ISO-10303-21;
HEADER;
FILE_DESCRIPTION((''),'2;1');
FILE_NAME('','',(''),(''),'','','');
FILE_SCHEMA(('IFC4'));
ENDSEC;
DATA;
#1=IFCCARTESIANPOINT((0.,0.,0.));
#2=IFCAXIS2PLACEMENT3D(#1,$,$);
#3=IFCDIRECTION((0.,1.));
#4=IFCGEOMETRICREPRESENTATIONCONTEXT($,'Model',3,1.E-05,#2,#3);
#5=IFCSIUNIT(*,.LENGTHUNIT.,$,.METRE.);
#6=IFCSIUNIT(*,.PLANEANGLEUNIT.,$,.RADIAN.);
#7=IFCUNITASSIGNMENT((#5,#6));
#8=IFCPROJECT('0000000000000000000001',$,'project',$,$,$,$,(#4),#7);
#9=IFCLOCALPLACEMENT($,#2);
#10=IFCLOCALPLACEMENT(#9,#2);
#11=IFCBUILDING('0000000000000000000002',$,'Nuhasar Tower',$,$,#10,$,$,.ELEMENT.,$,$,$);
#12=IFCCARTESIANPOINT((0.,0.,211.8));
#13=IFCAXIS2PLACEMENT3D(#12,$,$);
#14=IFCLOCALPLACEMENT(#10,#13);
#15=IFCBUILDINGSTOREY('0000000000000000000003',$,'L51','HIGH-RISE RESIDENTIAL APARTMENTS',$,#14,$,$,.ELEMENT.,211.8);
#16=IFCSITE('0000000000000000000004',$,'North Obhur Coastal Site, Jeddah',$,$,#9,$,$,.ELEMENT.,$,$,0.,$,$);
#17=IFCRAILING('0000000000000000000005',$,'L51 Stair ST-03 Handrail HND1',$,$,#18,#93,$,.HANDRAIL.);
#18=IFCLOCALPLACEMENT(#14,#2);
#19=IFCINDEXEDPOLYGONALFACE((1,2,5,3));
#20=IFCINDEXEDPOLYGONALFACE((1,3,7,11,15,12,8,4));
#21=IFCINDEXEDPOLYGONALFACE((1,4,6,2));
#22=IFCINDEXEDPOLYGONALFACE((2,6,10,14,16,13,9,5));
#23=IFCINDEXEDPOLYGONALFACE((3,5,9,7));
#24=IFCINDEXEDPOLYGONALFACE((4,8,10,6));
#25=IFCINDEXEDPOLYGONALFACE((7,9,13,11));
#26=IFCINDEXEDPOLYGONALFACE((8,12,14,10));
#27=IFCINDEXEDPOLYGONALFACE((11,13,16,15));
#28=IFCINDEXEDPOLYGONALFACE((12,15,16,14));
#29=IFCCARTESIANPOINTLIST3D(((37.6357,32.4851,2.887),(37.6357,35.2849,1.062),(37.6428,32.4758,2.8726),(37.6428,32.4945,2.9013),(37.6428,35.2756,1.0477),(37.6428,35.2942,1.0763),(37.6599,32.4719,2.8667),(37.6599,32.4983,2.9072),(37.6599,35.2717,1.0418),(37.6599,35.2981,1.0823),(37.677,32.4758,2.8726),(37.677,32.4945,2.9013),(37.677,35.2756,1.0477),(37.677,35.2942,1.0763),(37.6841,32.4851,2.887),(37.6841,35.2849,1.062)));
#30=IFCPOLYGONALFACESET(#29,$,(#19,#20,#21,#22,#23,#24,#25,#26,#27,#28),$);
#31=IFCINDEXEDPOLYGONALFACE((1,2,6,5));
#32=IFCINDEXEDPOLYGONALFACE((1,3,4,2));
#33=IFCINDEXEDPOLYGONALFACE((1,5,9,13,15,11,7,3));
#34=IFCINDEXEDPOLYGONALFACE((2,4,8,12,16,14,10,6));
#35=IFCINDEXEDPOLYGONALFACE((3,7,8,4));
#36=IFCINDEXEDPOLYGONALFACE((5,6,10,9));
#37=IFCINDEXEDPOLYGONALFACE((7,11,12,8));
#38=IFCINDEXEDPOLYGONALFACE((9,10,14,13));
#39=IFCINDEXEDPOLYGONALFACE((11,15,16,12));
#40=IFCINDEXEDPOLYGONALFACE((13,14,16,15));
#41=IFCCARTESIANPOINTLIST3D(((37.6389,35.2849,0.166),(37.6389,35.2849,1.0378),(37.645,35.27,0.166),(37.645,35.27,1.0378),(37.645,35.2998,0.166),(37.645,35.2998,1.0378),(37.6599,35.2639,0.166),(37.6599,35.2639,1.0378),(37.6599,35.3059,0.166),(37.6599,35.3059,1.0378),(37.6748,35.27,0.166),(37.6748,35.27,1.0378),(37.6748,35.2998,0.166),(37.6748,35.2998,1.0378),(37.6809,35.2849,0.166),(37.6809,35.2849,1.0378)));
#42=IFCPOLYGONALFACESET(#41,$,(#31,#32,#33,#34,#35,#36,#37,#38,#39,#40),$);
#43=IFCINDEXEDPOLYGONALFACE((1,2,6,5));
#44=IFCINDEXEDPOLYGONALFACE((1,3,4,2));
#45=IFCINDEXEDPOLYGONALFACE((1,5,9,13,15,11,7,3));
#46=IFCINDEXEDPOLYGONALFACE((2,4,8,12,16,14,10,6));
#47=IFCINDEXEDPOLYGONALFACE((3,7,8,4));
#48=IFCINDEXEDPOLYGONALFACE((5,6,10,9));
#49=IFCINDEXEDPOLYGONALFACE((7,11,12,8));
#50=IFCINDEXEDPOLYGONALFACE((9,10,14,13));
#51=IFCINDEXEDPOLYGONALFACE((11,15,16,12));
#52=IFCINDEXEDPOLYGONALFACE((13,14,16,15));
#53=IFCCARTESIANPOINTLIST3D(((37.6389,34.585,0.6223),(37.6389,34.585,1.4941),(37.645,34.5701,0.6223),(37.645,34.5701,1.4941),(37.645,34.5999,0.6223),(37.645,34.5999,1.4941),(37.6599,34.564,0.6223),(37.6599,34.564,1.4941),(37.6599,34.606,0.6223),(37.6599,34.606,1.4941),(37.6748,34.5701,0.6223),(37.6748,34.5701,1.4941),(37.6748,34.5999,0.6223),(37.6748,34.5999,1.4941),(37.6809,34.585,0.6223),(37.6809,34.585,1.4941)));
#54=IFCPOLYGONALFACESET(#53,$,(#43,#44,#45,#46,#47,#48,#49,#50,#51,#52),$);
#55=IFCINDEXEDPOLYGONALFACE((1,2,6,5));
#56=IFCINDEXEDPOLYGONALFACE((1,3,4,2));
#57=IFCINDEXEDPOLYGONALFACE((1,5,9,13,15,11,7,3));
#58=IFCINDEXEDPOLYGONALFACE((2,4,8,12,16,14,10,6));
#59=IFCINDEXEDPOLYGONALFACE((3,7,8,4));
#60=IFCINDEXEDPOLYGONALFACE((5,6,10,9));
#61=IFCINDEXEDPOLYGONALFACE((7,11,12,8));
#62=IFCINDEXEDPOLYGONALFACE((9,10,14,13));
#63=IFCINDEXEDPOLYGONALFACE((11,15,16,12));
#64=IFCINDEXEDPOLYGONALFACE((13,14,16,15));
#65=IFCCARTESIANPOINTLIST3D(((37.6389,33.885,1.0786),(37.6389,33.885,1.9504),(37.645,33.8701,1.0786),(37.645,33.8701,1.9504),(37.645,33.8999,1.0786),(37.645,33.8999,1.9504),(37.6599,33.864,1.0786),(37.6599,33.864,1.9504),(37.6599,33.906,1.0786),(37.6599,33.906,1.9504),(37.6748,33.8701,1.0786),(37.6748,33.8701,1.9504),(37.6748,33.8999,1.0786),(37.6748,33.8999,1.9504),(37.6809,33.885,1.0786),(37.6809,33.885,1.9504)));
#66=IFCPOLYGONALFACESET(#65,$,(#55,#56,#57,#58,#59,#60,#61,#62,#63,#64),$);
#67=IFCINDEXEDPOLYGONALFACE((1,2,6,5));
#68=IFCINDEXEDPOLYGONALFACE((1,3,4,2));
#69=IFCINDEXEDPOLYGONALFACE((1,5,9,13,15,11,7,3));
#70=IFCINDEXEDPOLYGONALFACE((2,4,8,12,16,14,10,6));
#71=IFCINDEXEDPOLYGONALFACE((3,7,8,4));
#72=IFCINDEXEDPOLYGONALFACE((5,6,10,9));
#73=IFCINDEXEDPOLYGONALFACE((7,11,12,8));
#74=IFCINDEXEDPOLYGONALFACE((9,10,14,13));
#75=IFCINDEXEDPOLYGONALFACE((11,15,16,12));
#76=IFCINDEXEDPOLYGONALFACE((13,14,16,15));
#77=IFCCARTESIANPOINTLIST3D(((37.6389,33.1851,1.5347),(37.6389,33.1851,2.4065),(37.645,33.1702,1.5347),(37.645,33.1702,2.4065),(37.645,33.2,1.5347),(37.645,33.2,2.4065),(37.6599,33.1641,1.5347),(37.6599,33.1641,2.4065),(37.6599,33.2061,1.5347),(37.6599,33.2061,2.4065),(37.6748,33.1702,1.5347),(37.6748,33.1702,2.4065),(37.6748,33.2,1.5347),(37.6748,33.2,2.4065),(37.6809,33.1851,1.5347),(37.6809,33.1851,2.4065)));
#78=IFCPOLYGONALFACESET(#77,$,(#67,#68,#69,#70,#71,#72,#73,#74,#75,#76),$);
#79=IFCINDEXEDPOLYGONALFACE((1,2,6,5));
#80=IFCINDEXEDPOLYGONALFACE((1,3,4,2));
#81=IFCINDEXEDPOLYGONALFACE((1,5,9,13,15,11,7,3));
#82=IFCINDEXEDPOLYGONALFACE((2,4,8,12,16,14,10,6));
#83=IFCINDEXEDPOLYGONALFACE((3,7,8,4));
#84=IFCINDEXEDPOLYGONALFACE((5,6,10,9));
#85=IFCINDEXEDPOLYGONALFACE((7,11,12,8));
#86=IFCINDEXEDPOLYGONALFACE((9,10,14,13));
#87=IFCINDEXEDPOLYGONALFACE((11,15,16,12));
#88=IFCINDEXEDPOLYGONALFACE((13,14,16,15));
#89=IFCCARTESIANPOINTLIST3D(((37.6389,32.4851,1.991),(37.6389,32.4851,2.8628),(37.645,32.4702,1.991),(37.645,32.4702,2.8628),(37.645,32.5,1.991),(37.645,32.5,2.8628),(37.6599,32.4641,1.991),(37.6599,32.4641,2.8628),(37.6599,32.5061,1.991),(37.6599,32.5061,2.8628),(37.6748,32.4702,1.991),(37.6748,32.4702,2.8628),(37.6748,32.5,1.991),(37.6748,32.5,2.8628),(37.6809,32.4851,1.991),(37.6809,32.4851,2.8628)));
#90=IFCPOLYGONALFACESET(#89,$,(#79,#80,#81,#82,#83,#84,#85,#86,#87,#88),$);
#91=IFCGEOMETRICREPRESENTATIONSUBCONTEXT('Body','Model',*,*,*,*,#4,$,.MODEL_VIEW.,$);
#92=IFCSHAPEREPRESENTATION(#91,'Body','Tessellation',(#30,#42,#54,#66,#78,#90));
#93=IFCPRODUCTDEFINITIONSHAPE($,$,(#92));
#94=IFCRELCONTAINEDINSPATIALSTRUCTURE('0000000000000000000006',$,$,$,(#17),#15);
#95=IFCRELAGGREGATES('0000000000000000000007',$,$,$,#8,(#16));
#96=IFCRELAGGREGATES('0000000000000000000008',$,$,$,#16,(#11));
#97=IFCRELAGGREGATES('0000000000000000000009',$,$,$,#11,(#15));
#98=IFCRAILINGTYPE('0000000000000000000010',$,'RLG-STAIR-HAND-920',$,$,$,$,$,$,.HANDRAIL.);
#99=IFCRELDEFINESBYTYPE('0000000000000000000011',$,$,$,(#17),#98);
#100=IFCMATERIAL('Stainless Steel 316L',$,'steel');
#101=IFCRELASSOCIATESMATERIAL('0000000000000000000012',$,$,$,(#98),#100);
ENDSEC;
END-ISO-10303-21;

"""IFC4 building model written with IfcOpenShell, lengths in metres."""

from ifc_helpers import new_model, si_unit, direction, frame, origin, place, context, subcontext, project, spatial, polyline, outline, extrude, material, type_object, element, save


model = new_model("IFC4")

# Units and contexts
model_context = context("Model", 3, precision=1e-05, world=origin(), true_north=direction((0.0, 1.0)))
body_context = subcontext(model_context, "Body", "Model", "MODEL_VIEW")
ifc_project = project(units=[si_unit("LENGTHUNIT", "METRE"), si_unit("PLANEANGLEUNIT", "RADIAN")], contexts=[model_context])

# Site, building, storey
site_placement = place(None, origin())
site = spatial("IfcSite", under=ifc_project, at=site_placement, Name="North Obhur Coastal Site, Jeddah", CompositionType="ELEMENT", RefElevation=0.0)
building_placement = place(site_placement, origin())
building = spatial("IfcBuilding", under=site, at=building_placement, Name="Nuhasar Tower", CompositionType="ELEMENT")
storey_placement = place(building_placement, frame((0.0, 0.0, 211.8)))
storey = spatial("IfcBuildingStorey", under=building, at=storey_placement, Name="L51", Description="HIGH-RISE RESIDENTIAL APARTMENTS", CompositionType="ELEMENT", Elevation=211.8)

# Railing
ifc_material_1 = material(Name="Stainless Steel 316L", Category="steel")
railing_type_1 = type_object("IfcRailingType", Name="RLG-STAIR-HAND-920", PredefinedType="HANDRAIL", material=ifc_material_1)
railing_1_placement = place(storey_placement, frame((37.6599, 35.2849, 0.166)))
element("IfcRailing", 1, at=railing_1_placement, inside=storey, type_object=railing_type_1, Name="L51 Stair ST-03 Handrail HND1", PredefinedType="HANDRAIL", context=body_context, shape_type="SweptSolid", body=[
    extrude(outline(polyline([(0.0242, 0.0), (0.0171, 0.0171), (0.0, 0.0242), (-0.0171, 0.0171), (-0.0242, 0.0), (-0.0171, -0.0171), (0.0, -0.0242), (0.0171, -0.0171), (0.0242, 0.0)])), frame((0.0, 0.0, 0.896), z_axis=(0.0, -0.837749, 0.546056), x_axis=(1.0, 0.0, 0.0)), (0.0, 0.0, 1.0), 3.342),
    extrude(outline(polyline([(0.021, 0.0), (0.0149, 0.0149), (0.0, 0.021), (-0.0149, 0.0149), (-0.021, 0.0), (-0.0149, -0.0149), (0.0, -0.021), (0.0149, -0.0149), (0.021, 0.0)])), origin(), (0.0, 0.0, 1.0), 0.8718),
    extrude(outline(polyline([(0.021, 0.0), (0.0149, 0.0149), (0.0, 0.021), (-0.0149, 0.0149), (-0.021, 0.0), (-0.0149, -0.0149), (0.0, -0.021), (0.0149, -0.0149), (0.021, 0.0)])), frame((0.0, -0.7, 0.4563)), (0.0, 0.0, 1.0), 0.8718),
    extrude(outline(polyline([(0.021, 0.0), (0.0149, 0.0149), (0.0, 0.021), (-0.0149, 0.0149), (-0.021, 0.0), (-0.0149, -0.0149), (0.0, -0.021), (0.0149, -0.0149), (0.021, 0.0)])), frame((0.0, -1.3999, 0.9126)), (0.0, 0.0, 1.0), 0.8718),
    extrude(outline(polyline([(0.021, 0.0), (0.0149, 0.0149), (0.0, 0.021), (-0.0149, 0.0149), (-0.021, 0.0), (-0.0149, -0.0149), (0.0, -0.021), (0.0149, -0.0149), (0.021, 0.0)])), frame((0.0, -2.0999, 1.3687)), (0.0, 0.0, 1.0), 0.8718),
    extrude(outline(polyline([(0.021, 0.0), (0.0149, 0.0149), (0.0, 0.021), (-0.0149, 0.0149), (-0.021, 0.0), (-0.0149, -0.0149), (0.0, -0.021), (0.0149, -0.0149), (0.021, 0.0)])), frame((0.0, -2.7998, 1.825)), (0.0, 0.0, 1.0), 0.8718),
])

save(model, "model.ifc")
